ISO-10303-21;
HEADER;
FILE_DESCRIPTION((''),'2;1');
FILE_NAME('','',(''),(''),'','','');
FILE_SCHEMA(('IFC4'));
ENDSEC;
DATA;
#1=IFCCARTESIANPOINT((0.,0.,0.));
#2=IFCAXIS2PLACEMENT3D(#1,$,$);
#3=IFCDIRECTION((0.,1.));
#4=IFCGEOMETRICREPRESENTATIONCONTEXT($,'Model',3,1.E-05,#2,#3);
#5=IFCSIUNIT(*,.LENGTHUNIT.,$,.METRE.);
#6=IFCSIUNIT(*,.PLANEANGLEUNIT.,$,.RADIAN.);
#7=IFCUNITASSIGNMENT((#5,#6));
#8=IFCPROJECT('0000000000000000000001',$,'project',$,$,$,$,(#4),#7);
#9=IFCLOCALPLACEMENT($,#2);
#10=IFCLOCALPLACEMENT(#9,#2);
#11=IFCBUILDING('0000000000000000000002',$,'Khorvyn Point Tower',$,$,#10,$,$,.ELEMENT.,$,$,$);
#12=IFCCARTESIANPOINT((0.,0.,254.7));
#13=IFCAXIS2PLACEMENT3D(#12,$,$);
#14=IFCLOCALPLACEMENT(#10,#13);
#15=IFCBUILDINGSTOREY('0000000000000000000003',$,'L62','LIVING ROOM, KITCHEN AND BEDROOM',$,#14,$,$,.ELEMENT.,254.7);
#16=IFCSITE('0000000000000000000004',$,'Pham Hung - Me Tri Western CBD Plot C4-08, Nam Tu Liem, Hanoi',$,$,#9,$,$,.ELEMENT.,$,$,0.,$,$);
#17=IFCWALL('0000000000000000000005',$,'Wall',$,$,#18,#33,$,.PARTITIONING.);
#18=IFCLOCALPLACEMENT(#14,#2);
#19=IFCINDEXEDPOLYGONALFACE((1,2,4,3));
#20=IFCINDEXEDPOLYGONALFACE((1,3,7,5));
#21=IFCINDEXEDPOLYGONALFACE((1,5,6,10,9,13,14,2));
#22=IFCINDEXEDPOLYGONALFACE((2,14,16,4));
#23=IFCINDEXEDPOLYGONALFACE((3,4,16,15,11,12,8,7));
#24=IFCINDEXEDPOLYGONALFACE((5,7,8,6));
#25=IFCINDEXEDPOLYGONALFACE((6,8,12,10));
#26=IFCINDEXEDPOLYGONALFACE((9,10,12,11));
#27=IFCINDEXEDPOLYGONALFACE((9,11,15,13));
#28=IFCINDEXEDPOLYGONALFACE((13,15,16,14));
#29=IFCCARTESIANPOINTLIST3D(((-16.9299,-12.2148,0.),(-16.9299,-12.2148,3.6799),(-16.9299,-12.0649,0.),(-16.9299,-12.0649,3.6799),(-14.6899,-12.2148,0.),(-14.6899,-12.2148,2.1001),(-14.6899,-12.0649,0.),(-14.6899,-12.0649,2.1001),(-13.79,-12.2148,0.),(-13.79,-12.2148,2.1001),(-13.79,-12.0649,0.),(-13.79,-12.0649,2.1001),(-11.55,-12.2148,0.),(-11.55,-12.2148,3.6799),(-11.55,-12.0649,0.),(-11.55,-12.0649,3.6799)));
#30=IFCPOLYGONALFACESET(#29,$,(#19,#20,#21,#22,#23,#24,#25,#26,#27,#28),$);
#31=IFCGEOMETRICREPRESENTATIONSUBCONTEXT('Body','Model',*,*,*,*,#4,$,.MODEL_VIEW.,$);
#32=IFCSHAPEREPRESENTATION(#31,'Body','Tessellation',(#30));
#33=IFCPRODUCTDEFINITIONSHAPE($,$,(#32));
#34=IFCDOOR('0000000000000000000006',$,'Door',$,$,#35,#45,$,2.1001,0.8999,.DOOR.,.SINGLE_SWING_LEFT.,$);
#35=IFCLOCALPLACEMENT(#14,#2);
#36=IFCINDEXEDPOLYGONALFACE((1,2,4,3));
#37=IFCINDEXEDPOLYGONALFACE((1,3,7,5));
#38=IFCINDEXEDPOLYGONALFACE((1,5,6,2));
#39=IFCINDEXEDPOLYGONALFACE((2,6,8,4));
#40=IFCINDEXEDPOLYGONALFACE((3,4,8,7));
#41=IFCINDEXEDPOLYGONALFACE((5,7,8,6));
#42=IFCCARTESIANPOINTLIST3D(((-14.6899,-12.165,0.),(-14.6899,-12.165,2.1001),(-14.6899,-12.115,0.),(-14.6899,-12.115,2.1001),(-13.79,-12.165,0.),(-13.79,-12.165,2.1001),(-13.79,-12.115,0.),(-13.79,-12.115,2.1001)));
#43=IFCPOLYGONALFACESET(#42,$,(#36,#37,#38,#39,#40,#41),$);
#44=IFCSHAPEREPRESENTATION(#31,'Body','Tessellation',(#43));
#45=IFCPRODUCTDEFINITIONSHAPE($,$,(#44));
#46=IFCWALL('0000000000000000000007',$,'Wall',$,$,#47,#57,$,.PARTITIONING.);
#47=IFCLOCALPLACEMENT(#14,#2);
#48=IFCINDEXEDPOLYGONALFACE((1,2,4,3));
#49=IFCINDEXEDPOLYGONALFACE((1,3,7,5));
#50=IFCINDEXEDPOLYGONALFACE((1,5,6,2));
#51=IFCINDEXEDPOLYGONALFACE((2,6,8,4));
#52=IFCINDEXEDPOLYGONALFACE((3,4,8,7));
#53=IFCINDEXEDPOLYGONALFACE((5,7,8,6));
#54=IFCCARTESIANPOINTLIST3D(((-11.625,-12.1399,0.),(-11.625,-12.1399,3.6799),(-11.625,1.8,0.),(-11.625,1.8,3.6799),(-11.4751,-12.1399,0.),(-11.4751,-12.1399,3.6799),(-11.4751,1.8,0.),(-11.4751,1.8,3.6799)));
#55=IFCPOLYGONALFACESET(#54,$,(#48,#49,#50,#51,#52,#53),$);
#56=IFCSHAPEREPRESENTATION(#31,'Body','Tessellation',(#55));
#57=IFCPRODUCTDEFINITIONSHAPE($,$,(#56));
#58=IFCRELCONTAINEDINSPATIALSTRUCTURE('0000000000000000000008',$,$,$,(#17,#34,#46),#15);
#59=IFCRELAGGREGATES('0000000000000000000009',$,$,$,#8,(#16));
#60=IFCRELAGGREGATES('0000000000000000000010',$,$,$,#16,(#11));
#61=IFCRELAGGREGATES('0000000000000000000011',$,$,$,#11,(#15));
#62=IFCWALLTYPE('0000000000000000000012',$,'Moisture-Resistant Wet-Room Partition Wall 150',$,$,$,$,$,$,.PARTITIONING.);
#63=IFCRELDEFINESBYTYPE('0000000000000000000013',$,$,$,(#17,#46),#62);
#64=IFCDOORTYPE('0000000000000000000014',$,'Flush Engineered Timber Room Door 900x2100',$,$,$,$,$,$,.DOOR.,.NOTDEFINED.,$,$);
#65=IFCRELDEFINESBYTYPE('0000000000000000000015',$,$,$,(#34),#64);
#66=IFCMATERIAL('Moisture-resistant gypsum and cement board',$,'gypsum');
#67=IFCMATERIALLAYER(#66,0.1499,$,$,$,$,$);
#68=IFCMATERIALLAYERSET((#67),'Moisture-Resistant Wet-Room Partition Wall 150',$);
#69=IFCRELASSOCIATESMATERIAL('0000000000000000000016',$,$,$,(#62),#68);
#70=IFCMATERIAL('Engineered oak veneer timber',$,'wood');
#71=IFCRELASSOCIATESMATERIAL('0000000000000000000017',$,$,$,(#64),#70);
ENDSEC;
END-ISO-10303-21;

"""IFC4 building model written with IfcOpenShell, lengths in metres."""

from ifc_helpers import new_model, si_unit, direction, frame, frame_2d, origin, place, context, subcontext, project, spatial, rectangle, extrude, material, layer, layer_set, type_object, element, fill, save


model = new_model("IFC4")

# Units and contexts
model_context = context("Model", 3, precision=1e-05, world=origin(), true_north=direction((0.0, 1.0)))
body_context = subcontext(model_context, "Body", "Model", "MODEL_VIEW")
ifc_project = project(units=[si_unit("LENGTHUNIT", "METRE"), si_unit("PLANEANGLEUNIT", "RADIAN")], contexts=[model_context])

# Site, building, storey
site_placement = place(None, origin())
site = spatial("IfcSite", under=ifc_project, at=site_placement, Name="Pham Hung - Me Tri Western CBD Plot C4-08, Nam Tu Liem, Hanoi", CompositionType="ELEMENT", RefElevation=0.0)
building_placement = place(site_placement, origin())
building = spatial("IfcBuilding", under=site, at=building_placement, Name="Khorvyn Point Tower", CompositionType="ELEMENT")
storey_placement = place(building_placement, frame((0.0, 0.0, 254.7)))
storey = spatial("IfcBuildingStorey", under=building, at=storey_placement, Name="L62", Description="LIVING ROOM, KITCHEN AND BEDROOM", CompositionType="ELEMENT", Elevation=254.7)

# Wall, opening, door
ifc_material_1 = material(Name="Moisture-resistant gypsum and cement board", Category="gypsum")
ifc_layer_1 = layer(ifc_material_1, 0.1499)
ifc_layer_set_1 = layer_set([ifc_layer_1], Name="Moisture-Resistant Wet-Room Partition Wall 150")
wall_type_1 = type_object("IfcWallType", Name="Moisture-Resistant Wet-Room Partition Wall 150", PredefinedType="PARTITIONING", material=ifc_layer_set_1)
wall_1_placement = place(storey_placement, frame((-16.9299, -12.1399, 0.0), z_axis=(0.0, 0.0, 1.0), x_axis=(1.0, 0.0, 0.0)))
wall_1 = element("IfcWall", 1, at=wall_1_placement, inside=storey, type_object=wall_type_1, Name="Wall", PredefinedType="PARTITIONING", context=body_context, shape_type="SweptSolid", body=[
    extrude(rectangle(XDim=5.3799, YDim=0.1499, at=frame_2d((2.6899, 0.0))), origin(), (0.0, 0.0, 1.0), 3.6799),
])
opening_1_placement = place(wall_1_placement, frame((2.24, 0.0, 0.0)))
opening_1 = element("IfcOpeningElement", 2, at=opening_1_placement, cuts=wall_1, PredefinedType="OPENING", context=body_context, shape_type="SweptSolid", body=[
    extrude(rectangle(XDim=0.8999, YDim=2.1001, at=frame_2d((0.45, 1.05))), frame((0.0, 0.085, 0.0), z_axis=(0.0, -1.0, 0.0), x_axis=(1.0, 0.0, 0.0)), (0.0, 0.0, 1.0), 0.1699),
])
ifc_material_2 = material(Name="Engineered oak veneer timber", Category="wood")
door_type_1 = type_object("IfcDoorType", Name="Flush Engineered Timber Room Door 900x2100", OperationType="NOTDEFINED", PredefinedType="DOOR", material=ifc_material_2)
door_1_placement = place(opening_1_placement, origin())
door_1 = element("IfcDoor", 3, at=door_1_placement, inside=storey, type_object=door_type_1, Name="Door", OperationType="SINGLE_SWING_LEFT", OverallHeight=2.1001, OverallWidth=0.8999, PredefinedType="DOOR", context=body_context, shape_type="SweptSolid", body=[
    extrude(rectangle(XDim=0.8999, YDim=2.1001, at=frame_2d((0.45, 1.05))), frame((0.0, 0.0249, 0.0), z_axis=(0.0, -1.0, 0.0), x_axis=(1.0, 0.0, 0.0)), (0.0, 0.0, 1.0), 0.05),
])
fill(opening_1, door_1)

# Wall
wall_2_placement = place(storey_placement, frame((-11.55, -12.1399, 0.0), z_axis=(0.0, 0.0, 1.0), x_axis=(0.0, 1.0, 0.0)))
element("IfcWall", 4, at=wall_2_placement, inside=storey, type_object=wall_type_1, Name="Wall", PredefinedType="PARTITIONING", context=body_context, shape_type="SweptSolid", body=[
    extrude(rectangle(XDim=13.9399, YDim=0.1499, at=frame_2d((6.97, 0.0))), origin(), (0.0, 0.0, 1.0), 3.6799),
])

save(model, "model.ifc")
